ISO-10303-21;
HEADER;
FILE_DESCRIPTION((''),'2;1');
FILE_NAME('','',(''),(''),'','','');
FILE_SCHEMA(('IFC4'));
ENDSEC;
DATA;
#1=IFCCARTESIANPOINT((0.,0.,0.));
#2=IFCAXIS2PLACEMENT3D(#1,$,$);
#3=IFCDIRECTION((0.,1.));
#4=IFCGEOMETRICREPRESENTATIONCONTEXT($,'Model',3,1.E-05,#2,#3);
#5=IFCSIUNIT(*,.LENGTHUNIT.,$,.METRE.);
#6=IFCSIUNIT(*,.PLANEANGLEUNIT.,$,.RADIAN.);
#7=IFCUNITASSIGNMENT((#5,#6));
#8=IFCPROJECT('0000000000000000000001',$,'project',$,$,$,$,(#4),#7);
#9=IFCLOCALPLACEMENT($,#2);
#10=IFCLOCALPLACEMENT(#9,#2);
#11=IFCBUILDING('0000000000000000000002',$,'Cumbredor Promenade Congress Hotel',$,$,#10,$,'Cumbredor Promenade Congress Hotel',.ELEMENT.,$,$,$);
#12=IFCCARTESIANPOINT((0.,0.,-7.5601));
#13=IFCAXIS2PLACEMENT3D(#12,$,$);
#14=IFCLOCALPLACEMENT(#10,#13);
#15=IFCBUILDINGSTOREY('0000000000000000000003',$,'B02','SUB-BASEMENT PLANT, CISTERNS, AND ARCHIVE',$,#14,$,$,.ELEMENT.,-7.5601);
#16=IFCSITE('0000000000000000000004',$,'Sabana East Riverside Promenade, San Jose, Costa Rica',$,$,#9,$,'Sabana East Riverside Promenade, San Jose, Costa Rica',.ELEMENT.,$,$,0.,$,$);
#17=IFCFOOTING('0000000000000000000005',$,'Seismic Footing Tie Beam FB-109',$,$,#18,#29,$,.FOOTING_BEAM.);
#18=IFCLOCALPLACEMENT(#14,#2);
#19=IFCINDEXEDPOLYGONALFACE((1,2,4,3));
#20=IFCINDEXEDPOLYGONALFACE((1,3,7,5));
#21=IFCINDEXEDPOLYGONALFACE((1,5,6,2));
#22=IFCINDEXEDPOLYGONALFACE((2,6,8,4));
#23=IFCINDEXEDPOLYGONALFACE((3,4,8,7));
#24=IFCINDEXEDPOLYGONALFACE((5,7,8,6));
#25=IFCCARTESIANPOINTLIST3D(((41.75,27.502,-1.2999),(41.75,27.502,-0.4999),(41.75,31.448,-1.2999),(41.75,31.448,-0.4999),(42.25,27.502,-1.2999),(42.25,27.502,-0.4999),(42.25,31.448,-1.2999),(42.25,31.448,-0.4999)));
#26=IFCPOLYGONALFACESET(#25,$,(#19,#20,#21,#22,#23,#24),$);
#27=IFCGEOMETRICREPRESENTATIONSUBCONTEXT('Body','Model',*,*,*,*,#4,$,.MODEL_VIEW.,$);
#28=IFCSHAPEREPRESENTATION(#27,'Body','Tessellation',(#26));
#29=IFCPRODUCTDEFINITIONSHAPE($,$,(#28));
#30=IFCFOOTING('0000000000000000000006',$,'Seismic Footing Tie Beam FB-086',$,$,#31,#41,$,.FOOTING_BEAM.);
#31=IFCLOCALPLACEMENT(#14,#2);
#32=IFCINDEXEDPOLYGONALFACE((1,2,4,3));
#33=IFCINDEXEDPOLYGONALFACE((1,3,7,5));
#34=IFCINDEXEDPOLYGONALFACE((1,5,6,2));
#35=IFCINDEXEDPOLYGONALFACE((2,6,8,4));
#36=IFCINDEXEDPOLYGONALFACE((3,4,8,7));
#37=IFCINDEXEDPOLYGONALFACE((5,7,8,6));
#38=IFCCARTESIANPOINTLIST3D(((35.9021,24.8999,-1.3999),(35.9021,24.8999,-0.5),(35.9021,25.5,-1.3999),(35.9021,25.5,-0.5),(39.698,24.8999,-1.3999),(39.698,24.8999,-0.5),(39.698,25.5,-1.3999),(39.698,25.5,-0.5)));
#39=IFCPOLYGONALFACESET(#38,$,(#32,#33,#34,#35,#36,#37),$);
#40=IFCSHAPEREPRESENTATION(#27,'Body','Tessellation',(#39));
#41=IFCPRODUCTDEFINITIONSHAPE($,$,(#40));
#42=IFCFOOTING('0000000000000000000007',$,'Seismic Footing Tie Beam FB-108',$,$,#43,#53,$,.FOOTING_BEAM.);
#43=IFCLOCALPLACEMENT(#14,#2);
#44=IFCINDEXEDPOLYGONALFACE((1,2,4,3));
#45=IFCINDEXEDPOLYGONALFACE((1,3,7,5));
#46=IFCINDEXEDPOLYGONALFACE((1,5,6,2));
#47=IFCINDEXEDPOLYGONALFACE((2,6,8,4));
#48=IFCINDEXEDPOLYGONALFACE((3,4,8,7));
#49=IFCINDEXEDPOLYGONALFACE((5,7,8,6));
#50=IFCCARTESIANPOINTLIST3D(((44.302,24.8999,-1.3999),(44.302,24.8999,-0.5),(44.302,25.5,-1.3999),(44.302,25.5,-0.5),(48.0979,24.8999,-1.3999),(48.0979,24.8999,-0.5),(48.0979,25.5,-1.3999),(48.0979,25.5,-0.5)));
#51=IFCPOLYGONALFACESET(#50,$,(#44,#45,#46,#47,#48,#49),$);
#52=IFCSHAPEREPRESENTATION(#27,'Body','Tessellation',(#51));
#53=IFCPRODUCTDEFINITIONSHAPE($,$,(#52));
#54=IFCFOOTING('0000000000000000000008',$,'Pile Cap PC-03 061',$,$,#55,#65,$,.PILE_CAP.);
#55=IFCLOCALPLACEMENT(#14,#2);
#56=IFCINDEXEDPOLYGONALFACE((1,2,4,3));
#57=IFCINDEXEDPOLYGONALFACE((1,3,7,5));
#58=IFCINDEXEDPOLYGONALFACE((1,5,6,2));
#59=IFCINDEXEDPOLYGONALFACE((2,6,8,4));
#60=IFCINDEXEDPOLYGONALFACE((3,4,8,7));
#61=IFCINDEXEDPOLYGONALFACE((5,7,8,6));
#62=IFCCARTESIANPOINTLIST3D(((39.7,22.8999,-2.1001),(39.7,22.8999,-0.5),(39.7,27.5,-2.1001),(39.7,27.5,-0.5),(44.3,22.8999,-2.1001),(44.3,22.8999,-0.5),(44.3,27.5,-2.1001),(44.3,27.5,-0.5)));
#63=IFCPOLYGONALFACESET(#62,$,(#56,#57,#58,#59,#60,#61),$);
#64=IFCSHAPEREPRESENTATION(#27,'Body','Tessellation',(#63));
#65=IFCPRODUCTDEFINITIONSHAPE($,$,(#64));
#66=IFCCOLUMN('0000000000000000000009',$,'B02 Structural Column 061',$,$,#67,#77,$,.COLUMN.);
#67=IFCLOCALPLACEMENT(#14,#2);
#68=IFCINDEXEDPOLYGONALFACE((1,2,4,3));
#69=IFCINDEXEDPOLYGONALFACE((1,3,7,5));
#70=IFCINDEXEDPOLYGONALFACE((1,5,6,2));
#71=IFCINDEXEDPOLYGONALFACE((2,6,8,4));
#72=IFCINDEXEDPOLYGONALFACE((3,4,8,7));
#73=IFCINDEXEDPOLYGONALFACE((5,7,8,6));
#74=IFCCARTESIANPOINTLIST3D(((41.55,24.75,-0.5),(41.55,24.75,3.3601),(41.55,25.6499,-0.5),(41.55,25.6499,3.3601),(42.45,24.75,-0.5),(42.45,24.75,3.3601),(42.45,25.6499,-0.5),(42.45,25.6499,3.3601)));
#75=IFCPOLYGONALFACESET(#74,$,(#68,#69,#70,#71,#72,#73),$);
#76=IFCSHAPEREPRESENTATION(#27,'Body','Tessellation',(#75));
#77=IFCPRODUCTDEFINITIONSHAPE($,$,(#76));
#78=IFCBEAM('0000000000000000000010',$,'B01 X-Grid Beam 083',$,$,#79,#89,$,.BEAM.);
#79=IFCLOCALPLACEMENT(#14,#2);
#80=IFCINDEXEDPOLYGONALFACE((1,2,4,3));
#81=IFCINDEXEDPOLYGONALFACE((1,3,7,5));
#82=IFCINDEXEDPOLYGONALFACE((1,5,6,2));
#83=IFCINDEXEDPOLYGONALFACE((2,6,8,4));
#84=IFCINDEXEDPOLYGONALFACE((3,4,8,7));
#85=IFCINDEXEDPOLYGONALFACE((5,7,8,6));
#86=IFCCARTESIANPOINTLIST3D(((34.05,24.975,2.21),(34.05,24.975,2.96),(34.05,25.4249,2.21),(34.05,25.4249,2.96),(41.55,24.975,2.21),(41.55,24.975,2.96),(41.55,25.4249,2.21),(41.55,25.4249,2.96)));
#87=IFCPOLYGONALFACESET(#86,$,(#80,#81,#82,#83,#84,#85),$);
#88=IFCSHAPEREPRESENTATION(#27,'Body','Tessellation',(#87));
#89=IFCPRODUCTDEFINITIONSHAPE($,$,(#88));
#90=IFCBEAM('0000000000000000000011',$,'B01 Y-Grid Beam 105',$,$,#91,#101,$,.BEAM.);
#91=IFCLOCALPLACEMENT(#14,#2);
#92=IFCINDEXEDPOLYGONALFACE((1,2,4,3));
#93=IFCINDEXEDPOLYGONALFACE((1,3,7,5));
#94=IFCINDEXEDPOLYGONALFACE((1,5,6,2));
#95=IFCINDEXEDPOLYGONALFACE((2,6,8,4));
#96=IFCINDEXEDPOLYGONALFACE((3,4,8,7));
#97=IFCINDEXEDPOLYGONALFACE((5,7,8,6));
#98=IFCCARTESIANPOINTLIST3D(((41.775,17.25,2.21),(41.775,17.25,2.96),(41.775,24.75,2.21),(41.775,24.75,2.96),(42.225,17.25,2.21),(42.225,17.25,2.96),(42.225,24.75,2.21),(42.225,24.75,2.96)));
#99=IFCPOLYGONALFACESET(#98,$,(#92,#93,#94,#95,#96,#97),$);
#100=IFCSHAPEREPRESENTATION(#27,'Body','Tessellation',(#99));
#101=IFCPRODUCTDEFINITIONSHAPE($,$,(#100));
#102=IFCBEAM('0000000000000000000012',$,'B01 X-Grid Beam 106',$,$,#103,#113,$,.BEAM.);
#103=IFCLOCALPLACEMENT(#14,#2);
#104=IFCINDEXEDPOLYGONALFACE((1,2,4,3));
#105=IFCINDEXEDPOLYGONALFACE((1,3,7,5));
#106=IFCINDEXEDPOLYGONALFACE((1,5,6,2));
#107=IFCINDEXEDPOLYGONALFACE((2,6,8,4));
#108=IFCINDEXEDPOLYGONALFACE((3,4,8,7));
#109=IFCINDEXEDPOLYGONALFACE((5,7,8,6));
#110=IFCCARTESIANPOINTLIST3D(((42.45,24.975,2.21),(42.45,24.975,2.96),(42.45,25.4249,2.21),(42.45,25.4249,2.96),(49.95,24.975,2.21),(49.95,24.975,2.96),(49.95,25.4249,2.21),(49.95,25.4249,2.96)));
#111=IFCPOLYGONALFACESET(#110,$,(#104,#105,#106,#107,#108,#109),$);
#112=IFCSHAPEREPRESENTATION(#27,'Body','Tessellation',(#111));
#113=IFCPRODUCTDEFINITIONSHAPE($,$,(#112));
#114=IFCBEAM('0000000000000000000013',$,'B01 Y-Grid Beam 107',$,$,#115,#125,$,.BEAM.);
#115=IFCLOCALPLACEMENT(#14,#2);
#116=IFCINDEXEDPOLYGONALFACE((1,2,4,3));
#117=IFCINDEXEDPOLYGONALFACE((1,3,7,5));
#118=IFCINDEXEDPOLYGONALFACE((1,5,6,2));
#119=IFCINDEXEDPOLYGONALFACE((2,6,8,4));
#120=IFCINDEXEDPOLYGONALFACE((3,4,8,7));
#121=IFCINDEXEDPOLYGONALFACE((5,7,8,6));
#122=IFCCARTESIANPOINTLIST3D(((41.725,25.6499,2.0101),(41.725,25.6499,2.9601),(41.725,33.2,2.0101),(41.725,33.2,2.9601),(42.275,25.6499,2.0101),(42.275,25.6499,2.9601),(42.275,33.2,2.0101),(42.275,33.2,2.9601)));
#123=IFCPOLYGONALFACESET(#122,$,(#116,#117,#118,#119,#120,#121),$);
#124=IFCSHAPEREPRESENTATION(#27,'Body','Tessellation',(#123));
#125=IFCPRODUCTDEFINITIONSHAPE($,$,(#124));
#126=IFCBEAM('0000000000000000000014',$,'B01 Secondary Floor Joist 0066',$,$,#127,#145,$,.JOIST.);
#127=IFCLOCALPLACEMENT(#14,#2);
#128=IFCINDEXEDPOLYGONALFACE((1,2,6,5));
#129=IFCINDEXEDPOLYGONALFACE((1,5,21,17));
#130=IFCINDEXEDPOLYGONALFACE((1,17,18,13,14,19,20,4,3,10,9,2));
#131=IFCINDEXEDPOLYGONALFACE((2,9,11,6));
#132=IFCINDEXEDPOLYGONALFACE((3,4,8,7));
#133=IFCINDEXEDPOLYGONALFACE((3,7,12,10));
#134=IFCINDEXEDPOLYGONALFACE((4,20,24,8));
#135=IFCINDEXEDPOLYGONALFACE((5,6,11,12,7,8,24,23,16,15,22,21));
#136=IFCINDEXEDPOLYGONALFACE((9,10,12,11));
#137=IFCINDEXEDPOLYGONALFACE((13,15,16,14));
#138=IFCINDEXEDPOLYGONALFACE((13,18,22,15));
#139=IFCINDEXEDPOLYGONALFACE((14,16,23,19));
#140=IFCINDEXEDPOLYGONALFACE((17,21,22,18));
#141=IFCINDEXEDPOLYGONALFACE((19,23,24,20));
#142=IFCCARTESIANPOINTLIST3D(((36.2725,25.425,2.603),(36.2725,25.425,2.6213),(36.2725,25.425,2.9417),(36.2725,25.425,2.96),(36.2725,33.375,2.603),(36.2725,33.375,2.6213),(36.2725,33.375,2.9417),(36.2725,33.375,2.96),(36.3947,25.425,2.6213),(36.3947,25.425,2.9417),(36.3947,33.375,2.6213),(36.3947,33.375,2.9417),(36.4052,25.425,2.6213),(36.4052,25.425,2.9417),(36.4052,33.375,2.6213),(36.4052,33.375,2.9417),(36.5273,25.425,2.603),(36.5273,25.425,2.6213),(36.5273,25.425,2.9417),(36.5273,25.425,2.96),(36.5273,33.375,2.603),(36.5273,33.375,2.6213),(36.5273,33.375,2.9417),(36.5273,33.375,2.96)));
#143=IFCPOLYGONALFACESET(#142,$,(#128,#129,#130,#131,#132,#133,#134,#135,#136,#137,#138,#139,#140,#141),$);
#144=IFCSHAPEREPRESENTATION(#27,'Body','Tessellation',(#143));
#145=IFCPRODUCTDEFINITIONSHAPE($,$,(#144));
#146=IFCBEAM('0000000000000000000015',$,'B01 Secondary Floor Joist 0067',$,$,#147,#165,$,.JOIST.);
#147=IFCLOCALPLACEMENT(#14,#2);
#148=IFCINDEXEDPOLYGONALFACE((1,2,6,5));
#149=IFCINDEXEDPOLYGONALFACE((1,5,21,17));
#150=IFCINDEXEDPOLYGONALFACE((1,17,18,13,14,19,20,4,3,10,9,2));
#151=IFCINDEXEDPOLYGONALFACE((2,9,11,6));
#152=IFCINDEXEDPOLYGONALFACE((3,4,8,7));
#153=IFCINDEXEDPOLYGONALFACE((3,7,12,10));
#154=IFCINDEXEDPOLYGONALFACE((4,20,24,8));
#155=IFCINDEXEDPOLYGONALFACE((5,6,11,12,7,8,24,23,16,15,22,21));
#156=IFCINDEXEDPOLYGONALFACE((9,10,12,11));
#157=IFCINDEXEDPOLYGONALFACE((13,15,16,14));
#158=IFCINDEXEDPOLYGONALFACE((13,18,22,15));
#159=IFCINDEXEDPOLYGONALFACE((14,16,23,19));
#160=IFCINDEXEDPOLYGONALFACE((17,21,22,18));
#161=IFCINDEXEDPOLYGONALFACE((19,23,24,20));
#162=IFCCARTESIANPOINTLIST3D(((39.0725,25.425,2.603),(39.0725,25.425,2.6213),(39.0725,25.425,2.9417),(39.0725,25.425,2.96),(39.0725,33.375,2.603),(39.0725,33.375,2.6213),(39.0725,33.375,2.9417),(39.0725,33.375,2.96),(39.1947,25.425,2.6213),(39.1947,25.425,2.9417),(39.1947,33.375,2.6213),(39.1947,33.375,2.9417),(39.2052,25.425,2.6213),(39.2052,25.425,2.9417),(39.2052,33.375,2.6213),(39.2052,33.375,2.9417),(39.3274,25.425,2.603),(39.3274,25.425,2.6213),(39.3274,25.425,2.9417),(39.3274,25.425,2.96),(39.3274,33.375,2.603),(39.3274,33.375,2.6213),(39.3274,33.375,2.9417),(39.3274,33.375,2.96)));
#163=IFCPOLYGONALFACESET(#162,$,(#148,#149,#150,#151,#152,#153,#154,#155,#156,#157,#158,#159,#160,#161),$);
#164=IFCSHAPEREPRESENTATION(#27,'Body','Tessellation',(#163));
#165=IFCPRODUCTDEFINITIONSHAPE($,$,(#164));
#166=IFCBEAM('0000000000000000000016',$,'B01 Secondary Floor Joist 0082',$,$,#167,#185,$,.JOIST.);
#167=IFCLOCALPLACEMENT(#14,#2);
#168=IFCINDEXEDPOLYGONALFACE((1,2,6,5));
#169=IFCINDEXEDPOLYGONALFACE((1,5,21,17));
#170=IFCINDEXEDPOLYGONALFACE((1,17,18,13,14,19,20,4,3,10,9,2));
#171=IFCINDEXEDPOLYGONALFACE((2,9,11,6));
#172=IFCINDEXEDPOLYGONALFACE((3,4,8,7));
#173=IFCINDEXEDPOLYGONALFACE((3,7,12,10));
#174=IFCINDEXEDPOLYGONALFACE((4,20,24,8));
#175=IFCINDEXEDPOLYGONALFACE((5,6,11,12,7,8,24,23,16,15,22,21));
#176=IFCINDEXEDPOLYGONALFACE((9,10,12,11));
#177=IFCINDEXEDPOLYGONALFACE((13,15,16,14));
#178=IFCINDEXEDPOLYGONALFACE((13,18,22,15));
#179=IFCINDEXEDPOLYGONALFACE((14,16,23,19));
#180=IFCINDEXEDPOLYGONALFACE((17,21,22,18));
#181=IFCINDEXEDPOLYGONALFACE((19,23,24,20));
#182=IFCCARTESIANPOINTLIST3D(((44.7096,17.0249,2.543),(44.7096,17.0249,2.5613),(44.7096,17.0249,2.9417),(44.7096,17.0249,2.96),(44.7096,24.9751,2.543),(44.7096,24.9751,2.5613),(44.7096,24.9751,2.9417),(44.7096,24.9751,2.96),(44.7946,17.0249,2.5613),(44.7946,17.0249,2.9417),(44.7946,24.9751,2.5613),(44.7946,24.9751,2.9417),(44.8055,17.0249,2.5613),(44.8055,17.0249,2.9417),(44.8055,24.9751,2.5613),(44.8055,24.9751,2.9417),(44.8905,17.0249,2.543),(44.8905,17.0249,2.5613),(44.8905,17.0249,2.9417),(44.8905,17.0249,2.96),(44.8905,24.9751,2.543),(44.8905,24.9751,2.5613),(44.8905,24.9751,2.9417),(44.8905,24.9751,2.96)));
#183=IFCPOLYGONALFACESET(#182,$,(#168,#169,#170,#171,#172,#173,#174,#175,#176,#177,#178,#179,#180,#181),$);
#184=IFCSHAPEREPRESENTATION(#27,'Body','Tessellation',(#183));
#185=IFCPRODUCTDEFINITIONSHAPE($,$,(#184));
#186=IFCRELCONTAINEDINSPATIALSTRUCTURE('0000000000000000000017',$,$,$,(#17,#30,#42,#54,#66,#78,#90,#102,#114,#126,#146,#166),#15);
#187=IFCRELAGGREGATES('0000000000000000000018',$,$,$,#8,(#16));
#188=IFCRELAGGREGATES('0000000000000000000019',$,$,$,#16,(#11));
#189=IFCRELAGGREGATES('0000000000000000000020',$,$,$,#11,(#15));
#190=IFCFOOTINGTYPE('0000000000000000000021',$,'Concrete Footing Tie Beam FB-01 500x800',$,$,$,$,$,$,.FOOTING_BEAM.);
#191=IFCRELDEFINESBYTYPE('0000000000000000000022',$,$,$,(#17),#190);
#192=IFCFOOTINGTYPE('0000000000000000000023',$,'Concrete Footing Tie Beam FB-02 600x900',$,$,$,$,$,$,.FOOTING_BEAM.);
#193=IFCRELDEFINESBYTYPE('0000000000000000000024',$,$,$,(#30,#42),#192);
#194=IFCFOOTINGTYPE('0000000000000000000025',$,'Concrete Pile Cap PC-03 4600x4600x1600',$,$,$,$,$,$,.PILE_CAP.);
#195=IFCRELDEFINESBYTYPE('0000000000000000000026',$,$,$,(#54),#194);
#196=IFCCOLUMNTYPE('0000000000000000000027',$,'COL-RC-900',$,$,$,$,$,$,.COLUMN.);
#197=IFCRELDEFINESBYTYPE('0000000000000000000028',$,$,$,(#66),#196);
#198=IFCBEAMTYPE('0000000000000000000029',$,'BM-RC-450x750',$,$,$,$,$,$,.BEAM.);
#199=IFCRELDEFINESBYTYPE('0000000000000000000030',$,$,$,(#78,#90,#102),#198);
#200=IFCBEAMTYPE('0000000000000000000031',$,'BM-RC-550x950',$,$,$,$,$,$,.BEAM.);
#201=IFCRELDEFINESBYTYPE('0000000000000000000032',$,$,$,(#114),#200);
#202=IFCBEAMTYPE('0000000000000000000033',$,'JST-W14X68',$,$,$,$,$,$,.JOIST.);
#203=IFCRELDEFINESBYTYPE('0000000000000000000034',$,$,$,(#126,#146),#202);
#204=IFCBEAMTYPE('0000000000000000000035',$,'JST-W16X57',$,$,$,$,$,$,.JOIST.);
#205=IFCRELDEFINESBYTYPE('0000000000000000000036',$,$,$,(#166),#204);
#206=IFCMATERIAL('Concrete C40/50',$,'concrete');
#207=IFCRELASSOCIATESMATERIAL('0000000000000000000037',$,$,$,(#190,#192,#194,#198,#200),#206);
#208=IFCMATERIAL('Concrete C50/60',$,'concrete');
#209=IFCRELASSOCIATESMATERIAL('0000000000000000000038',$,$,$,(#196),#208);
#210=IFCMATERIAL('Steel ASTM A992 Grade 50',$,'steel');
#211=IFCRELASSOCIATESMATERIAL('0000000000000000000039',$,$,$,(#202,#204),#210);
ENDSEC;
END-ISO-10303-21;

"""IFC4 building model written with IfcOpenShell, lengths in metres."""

from ifc_helpers import new_model, si_unit, direction, frame, origin, origin_2d, place, context, subcontext, project, spatial, rectangle, i_section, extrude, material, material_profile, profile_set, type_object, element, save


model = new_model("IFC4")

# Units and contexts
model_context = context("Model", 3, precision=1e-05, world=origin(), true_north=direction((0.0, 1.0)))
body_context = subcontext(model_context, "Body", "Model", "MODEL_VIEW")
ifc_project = project(units=[si_unit("LENGTHUNIT", "METRE"), si_unit("PLANEANGLEUNIT", "RADIAN")], contexts=[model_context])

# Site, building, storey
site_placement = place(None, origin())
site = spatial("IfcSite", under=ifc_project, at=site_placement, Name="Sabana East Riverside Promenade, San Jose, Costa Rica", LongName="Sabana East Riverside Promenade, San Jose, Costa Rica", CompositionType="ELEMENT", RefElevation=0.0)
building_placement = place(site_placement, origin())
building = spatial("IfcBuilding", under=site, at=building_placement, Name="Cumbredor Promenade Congress Hotel", LongName="Cumbredor Promenade Congress Hotel", CompositionType="ELEMENT")
storey_placement = place(building_placement, frame((0.0, 0.0, -7.5601)))
storey = spatial("IfcBuildingStorey", under=building, at=storey_placement, Name="B02", Description="SUB-BASEMENT PLANT, CISTERNS, AND ARCHIVE", CompositionType="ELEMENT", Elevation=-7.5601)

# Shared definitions
ifc_material_1 = material(Name="Concrete C40/50", Category="concrete")

# Footings
ifc_material_profile_1 = material_profile(ifc_material_1, rectangle(XDim=0.5, YDim=0.8, at=origin_2d()), Name="FB 500x800")
ifc_profile_set_1 = profile_set([ifc_material_profile_1], Name="Concrete C40/50")
footing_type_1 = type_object("IfcFootingType", Name="Concrete Footing Tie Beam FB-01 500x800", PredefinedType="FOOTING_BEAM", material=ifc_profile_set_1)
footing_1_placement = place(storey_placement, frame((42.0, 27.502, -0.8999), z_axis=(0.0, 1.0, 0.0), x_axis=(-1.0, 0.0, 0.0)))
element("IfcFooting", 1, at=footing_1_placement, inside=storey, type_object=footing_type_1, Name="Seismic Footing Tie Beam FB-109", PredefinedType="FOOTING_BEAM", context=body_context, shape_type="SweptSolid", body=[
    extrude(rectangle(XDim=0.5, YDim=0.8, at=origin_2d()), origin(), (0.0, 0.0, 1.0), 3.946),
])
ifc_material_profile_2 = material_profile(ifc_material_1, rectangle(XDim=0.6001, YDim=0.8999, at=origin_2d()), Name="FB 600x900")
ifc_profile_set_2 = profile_set([ifc_material_profile_2], Name="Concrete C40/50")
footing_type_2 = type_object("IfcFootingType", Name="Concrete Footing Tie Beam FB-02 600x900", PredefinedType="FOOTING_BEAM", material=ifc_profile_set_2)
for number, where, z_axis, x_axis, name in (
    (2, (35.9021, 25.2, -0.95), (1.0, 0.0, 0.0), (0.0, 1.0, 0.0), "Seismic Footing Tie Beam FB-086"),
    (3, (44.302, 25.2, -0.95), (1.0, 0.0, 0.0), (0.0, 1.0, 0.0), "Seismic Footing Tie Beam FB-108"),
):
    element("IfcFooting", number, at=place(storey_placement, frame(where, z_axis=z_axis, x_axis=x_axis)), inside=storey, type_object=footing_type_2, Name=name, PredefinedType="FOOTING_BEAM", context=body_context, shape_type="SweptSolid", body=[
        extrude(rectangle(XDim=0.6001, YDim=0.8999, at=origin_2d()), origin(), (0.0, 0.0, 1.0), 3.7959),
    ])
footing_type_3 = type_object("IfcFootingType", Name="Concrete Pile Cap PC-03 4600x4600x1600", PredefinedType="PILE_CAP", material=ifc_material_1)
footing_2_placement = place(storey_placement, frame((42.0, 25.2, -2.1001), z_axis=(0.0, 0.0, 1.0), x_axis=(1.0, 0.0, 0.0)))
element("IfcFooting", 4, at=footing_2_placement, inside=storey, type_object=footing_type_3, Name="Pile Cap PC-03 061", PredefinedType="PILE_CAP", context=body_context, shape_type="SweptSolid", body=[
    extrude(rectangle(XDim=4.6001, YDim=4.6001, at=origin_2d()), origin(), (0.0, 0.0, 1.0), 1.6001),
])

# Column
ifc_material_2 = material(Name="Concrete C50/60", Category="concrete")
ifc_material_profile_3 = material_profile(ifc_material_2, rectangle(XDim=0.8999, YDim=0.8999, at=origin_2d()), Name="RC 900x900")
ifc_profile_set_3 = profile_set([ifc_material_profile_3], Name="Concrete C50/60")
column_type = type_object("IfcColumnType", Name="COL-RC-900", PredefinedType="COLUMN", material=ifc_profile_set_3)
column_placement = place(storey_placement, frame((42.0, 25.2, -0.5), z_axis=(0.0, 0.0, 1.0), x_axis=(1.0, 0.0, 0.0)))
element("IfcColumn", 5, at=column_placement, inside=storey, type_object=column_type, Name="B02 Structural Column 061", PredefinedType="COLUMN", context=body_context, shape_type="SweptSolid", body=[
    extrude(rectangle(XDim=0.8999, YDim=0.8999, at=origin_2d()), origin(), (0.0, 0.0, 1.0), 3.8601),
])

# Beams
ifc_material_profile_4 = material_profile(ifc_material_1, rectangle(XDim=0.45, YDim=0.75, at=origin_2d()), Name="RC BEAM 450x750")
ifc_profile_set_4 = profile_set([ifc_material_profile_4], Name="Concrete C40/50")
beam_type_1 = type_object("IfcBeamType", Name="BM-RC-450x750", PredefinedType="BEAM", material=ifc_profile_set_4)
for number, where, z_axis, x_axis, name in (
    (6, (34.05, 25.2, 2.585), (1.0, 0.0, 0.0), (0.0, 1.0, 0.0), "B01 X-Grid Beam 083"),
    (7, (42.0, 17.25, 2.585), (0.0, 1.0, 0.0), (-1.0, 0.0, 0.0), "B01 Y-Grid Beam 105"),
    (8, (42.45, 25.2, 2.585), (1.0, 0.0, 0.0), (0.0, 1.0, 0.0), "B01 X-Grid Beam 106"),
):
    element("IfcBeam", number, at=place(storey_placement, frame(where, z_axis=z_axis, x_axis=x_axis)), inside=storey, type_object=beam_type_1, Name=name, PredefinedType="BEAM", context=body_context, shape_type="SweptSolid", body=[
        extrude(rectangle(XDim=0.45, YDim=0.75, at=origin_2d()), origin(), (0.0, 0.0, 1.0), 7.5),
    ])
ifc_material_profile_5 = material_profile(ifc_material_1, rectangle(XDim=0.55, YDim=0.95, at=origin_2d()), Name="RC BEAM 550x950")
ifc_profile_set_5 = profile_set([ifc_material_profile_5], Name="Concrete C40/50")
beam_type_2 = type_object("IfcBeamType", Name="BM-RC-550x950", PredefinedType="BEAM", material=ifc_profile_set_5)
beam_placement = place(storey_placement, frame((42.0, 25.6499, 2.4851), z_axis=(0.0, 1.0, 0.0), x_axis=(-1.0, 0.0, 0.0)))
element("IfcBeam", 9, at=beam_placement, inside=storey, type_object=beam_type_2, Name="B01 Y-Grid Beam 107", PredefinedType="BEAM", context=body_context, shape_type="SweptSolid", body=[
    extrude(rectangle(XDim=0.55, YDim=0.95, at=origin_2d()), origin(), (0.0, 0.0, 1.0), 7.55),
])
ifc_material_3 = material(Name="Steel ASTM A992 Grade 50", Category="steel")
ifc_material_profile_6 = material_profile(ifc_material_3, i_section(OverallWidth=0.2549, OverallDepth=0.3569, WebThickness=0.0105, FlangeThickness=0.0183, at=origin_2d()), Name="W14X68")
ifc_profile_set_6 = profile_set([ifc_material_profile_6], Name="Steel ASTM A992 Grade 50")
beam_type_3 = type_object("IfcBeamType", Name="JST-W14X68", PredefinedType="JOIST", material=ifc_profile_set_6)
for number, where, z_axis, x_axis, name in (
    (10, (36.3999, 25.425, 2.7815), (0.0, 1.0, 0.0), (-1.0, 0.0, 0.0), "B01 Secondary Floor Joist 0066"),
    (11, (39.2, 25.425, 2.7815), (0.0, 1.0, 0.0), (-1.0, 0.0, 0.0), "B01 Secondary Floor Joist 0067"),
):
    element("IfcBeam", number, at=place(storey_placement, frame(where, z_axis=z_axis, x_axis=x_axis)), inside=storey, type_object=beam_type_3, Name=name, PredefinedType="JOIST", context=body_context, shape_type="SweptSolid", body=[
        extrude(i_section(OverallWidth=0.2549, OverallDepth=0.3569, WebThickness=0.0105, FlangeThickness=0.0183, at=origin_2d()), origin(), (0.0, 0.0, 1.0), 7.95),
    ])
ifc_material_profile_7 = material_profile(ifc_material_3, i_section(OverallWidth=0.1809, OverallDepth=0.417, WebThickness=0.011, FlangeThickness=0.0183, at=origin_2d()), Name="W16X57")
ifc_profile_set_7 = profile_set([ifc_material_profile_7], Name="Steel ASTM A992 Grade 50")
beam_type_4 = type_object("IfcBeamType", Name="JST-W16X57", PredefinedType="JOIST", material=ifc_profile_set_7)
for number, where, z_axis, x_axis, name in (
    (12, (44.8, 17.0249, 2.7515), (0.0, 1.0, 0.0), (-1.0, 0.0, 0.0), "B01 Secondary Floor Joist 0082"),
):
    element("IfcBeam", number, at=place(storey_placement, frame(where, z_axis=z_axis, x_axis=x_axis)), inside=storey, type_object=beam_type_4, Name=name, PredefinedType="JOIST", context=body_context, shape_type="SweptSolid", body=[
        extrude(i_section(OverallWidth=0.1809, OverallDepth=0.417, WebThickness=0.011, FlangeThickness=0.0183, at=origin_2d()), origin(), (0.0, 0.0, 1.0), 7.9502),
    ])

save(model, "model.ifc")
